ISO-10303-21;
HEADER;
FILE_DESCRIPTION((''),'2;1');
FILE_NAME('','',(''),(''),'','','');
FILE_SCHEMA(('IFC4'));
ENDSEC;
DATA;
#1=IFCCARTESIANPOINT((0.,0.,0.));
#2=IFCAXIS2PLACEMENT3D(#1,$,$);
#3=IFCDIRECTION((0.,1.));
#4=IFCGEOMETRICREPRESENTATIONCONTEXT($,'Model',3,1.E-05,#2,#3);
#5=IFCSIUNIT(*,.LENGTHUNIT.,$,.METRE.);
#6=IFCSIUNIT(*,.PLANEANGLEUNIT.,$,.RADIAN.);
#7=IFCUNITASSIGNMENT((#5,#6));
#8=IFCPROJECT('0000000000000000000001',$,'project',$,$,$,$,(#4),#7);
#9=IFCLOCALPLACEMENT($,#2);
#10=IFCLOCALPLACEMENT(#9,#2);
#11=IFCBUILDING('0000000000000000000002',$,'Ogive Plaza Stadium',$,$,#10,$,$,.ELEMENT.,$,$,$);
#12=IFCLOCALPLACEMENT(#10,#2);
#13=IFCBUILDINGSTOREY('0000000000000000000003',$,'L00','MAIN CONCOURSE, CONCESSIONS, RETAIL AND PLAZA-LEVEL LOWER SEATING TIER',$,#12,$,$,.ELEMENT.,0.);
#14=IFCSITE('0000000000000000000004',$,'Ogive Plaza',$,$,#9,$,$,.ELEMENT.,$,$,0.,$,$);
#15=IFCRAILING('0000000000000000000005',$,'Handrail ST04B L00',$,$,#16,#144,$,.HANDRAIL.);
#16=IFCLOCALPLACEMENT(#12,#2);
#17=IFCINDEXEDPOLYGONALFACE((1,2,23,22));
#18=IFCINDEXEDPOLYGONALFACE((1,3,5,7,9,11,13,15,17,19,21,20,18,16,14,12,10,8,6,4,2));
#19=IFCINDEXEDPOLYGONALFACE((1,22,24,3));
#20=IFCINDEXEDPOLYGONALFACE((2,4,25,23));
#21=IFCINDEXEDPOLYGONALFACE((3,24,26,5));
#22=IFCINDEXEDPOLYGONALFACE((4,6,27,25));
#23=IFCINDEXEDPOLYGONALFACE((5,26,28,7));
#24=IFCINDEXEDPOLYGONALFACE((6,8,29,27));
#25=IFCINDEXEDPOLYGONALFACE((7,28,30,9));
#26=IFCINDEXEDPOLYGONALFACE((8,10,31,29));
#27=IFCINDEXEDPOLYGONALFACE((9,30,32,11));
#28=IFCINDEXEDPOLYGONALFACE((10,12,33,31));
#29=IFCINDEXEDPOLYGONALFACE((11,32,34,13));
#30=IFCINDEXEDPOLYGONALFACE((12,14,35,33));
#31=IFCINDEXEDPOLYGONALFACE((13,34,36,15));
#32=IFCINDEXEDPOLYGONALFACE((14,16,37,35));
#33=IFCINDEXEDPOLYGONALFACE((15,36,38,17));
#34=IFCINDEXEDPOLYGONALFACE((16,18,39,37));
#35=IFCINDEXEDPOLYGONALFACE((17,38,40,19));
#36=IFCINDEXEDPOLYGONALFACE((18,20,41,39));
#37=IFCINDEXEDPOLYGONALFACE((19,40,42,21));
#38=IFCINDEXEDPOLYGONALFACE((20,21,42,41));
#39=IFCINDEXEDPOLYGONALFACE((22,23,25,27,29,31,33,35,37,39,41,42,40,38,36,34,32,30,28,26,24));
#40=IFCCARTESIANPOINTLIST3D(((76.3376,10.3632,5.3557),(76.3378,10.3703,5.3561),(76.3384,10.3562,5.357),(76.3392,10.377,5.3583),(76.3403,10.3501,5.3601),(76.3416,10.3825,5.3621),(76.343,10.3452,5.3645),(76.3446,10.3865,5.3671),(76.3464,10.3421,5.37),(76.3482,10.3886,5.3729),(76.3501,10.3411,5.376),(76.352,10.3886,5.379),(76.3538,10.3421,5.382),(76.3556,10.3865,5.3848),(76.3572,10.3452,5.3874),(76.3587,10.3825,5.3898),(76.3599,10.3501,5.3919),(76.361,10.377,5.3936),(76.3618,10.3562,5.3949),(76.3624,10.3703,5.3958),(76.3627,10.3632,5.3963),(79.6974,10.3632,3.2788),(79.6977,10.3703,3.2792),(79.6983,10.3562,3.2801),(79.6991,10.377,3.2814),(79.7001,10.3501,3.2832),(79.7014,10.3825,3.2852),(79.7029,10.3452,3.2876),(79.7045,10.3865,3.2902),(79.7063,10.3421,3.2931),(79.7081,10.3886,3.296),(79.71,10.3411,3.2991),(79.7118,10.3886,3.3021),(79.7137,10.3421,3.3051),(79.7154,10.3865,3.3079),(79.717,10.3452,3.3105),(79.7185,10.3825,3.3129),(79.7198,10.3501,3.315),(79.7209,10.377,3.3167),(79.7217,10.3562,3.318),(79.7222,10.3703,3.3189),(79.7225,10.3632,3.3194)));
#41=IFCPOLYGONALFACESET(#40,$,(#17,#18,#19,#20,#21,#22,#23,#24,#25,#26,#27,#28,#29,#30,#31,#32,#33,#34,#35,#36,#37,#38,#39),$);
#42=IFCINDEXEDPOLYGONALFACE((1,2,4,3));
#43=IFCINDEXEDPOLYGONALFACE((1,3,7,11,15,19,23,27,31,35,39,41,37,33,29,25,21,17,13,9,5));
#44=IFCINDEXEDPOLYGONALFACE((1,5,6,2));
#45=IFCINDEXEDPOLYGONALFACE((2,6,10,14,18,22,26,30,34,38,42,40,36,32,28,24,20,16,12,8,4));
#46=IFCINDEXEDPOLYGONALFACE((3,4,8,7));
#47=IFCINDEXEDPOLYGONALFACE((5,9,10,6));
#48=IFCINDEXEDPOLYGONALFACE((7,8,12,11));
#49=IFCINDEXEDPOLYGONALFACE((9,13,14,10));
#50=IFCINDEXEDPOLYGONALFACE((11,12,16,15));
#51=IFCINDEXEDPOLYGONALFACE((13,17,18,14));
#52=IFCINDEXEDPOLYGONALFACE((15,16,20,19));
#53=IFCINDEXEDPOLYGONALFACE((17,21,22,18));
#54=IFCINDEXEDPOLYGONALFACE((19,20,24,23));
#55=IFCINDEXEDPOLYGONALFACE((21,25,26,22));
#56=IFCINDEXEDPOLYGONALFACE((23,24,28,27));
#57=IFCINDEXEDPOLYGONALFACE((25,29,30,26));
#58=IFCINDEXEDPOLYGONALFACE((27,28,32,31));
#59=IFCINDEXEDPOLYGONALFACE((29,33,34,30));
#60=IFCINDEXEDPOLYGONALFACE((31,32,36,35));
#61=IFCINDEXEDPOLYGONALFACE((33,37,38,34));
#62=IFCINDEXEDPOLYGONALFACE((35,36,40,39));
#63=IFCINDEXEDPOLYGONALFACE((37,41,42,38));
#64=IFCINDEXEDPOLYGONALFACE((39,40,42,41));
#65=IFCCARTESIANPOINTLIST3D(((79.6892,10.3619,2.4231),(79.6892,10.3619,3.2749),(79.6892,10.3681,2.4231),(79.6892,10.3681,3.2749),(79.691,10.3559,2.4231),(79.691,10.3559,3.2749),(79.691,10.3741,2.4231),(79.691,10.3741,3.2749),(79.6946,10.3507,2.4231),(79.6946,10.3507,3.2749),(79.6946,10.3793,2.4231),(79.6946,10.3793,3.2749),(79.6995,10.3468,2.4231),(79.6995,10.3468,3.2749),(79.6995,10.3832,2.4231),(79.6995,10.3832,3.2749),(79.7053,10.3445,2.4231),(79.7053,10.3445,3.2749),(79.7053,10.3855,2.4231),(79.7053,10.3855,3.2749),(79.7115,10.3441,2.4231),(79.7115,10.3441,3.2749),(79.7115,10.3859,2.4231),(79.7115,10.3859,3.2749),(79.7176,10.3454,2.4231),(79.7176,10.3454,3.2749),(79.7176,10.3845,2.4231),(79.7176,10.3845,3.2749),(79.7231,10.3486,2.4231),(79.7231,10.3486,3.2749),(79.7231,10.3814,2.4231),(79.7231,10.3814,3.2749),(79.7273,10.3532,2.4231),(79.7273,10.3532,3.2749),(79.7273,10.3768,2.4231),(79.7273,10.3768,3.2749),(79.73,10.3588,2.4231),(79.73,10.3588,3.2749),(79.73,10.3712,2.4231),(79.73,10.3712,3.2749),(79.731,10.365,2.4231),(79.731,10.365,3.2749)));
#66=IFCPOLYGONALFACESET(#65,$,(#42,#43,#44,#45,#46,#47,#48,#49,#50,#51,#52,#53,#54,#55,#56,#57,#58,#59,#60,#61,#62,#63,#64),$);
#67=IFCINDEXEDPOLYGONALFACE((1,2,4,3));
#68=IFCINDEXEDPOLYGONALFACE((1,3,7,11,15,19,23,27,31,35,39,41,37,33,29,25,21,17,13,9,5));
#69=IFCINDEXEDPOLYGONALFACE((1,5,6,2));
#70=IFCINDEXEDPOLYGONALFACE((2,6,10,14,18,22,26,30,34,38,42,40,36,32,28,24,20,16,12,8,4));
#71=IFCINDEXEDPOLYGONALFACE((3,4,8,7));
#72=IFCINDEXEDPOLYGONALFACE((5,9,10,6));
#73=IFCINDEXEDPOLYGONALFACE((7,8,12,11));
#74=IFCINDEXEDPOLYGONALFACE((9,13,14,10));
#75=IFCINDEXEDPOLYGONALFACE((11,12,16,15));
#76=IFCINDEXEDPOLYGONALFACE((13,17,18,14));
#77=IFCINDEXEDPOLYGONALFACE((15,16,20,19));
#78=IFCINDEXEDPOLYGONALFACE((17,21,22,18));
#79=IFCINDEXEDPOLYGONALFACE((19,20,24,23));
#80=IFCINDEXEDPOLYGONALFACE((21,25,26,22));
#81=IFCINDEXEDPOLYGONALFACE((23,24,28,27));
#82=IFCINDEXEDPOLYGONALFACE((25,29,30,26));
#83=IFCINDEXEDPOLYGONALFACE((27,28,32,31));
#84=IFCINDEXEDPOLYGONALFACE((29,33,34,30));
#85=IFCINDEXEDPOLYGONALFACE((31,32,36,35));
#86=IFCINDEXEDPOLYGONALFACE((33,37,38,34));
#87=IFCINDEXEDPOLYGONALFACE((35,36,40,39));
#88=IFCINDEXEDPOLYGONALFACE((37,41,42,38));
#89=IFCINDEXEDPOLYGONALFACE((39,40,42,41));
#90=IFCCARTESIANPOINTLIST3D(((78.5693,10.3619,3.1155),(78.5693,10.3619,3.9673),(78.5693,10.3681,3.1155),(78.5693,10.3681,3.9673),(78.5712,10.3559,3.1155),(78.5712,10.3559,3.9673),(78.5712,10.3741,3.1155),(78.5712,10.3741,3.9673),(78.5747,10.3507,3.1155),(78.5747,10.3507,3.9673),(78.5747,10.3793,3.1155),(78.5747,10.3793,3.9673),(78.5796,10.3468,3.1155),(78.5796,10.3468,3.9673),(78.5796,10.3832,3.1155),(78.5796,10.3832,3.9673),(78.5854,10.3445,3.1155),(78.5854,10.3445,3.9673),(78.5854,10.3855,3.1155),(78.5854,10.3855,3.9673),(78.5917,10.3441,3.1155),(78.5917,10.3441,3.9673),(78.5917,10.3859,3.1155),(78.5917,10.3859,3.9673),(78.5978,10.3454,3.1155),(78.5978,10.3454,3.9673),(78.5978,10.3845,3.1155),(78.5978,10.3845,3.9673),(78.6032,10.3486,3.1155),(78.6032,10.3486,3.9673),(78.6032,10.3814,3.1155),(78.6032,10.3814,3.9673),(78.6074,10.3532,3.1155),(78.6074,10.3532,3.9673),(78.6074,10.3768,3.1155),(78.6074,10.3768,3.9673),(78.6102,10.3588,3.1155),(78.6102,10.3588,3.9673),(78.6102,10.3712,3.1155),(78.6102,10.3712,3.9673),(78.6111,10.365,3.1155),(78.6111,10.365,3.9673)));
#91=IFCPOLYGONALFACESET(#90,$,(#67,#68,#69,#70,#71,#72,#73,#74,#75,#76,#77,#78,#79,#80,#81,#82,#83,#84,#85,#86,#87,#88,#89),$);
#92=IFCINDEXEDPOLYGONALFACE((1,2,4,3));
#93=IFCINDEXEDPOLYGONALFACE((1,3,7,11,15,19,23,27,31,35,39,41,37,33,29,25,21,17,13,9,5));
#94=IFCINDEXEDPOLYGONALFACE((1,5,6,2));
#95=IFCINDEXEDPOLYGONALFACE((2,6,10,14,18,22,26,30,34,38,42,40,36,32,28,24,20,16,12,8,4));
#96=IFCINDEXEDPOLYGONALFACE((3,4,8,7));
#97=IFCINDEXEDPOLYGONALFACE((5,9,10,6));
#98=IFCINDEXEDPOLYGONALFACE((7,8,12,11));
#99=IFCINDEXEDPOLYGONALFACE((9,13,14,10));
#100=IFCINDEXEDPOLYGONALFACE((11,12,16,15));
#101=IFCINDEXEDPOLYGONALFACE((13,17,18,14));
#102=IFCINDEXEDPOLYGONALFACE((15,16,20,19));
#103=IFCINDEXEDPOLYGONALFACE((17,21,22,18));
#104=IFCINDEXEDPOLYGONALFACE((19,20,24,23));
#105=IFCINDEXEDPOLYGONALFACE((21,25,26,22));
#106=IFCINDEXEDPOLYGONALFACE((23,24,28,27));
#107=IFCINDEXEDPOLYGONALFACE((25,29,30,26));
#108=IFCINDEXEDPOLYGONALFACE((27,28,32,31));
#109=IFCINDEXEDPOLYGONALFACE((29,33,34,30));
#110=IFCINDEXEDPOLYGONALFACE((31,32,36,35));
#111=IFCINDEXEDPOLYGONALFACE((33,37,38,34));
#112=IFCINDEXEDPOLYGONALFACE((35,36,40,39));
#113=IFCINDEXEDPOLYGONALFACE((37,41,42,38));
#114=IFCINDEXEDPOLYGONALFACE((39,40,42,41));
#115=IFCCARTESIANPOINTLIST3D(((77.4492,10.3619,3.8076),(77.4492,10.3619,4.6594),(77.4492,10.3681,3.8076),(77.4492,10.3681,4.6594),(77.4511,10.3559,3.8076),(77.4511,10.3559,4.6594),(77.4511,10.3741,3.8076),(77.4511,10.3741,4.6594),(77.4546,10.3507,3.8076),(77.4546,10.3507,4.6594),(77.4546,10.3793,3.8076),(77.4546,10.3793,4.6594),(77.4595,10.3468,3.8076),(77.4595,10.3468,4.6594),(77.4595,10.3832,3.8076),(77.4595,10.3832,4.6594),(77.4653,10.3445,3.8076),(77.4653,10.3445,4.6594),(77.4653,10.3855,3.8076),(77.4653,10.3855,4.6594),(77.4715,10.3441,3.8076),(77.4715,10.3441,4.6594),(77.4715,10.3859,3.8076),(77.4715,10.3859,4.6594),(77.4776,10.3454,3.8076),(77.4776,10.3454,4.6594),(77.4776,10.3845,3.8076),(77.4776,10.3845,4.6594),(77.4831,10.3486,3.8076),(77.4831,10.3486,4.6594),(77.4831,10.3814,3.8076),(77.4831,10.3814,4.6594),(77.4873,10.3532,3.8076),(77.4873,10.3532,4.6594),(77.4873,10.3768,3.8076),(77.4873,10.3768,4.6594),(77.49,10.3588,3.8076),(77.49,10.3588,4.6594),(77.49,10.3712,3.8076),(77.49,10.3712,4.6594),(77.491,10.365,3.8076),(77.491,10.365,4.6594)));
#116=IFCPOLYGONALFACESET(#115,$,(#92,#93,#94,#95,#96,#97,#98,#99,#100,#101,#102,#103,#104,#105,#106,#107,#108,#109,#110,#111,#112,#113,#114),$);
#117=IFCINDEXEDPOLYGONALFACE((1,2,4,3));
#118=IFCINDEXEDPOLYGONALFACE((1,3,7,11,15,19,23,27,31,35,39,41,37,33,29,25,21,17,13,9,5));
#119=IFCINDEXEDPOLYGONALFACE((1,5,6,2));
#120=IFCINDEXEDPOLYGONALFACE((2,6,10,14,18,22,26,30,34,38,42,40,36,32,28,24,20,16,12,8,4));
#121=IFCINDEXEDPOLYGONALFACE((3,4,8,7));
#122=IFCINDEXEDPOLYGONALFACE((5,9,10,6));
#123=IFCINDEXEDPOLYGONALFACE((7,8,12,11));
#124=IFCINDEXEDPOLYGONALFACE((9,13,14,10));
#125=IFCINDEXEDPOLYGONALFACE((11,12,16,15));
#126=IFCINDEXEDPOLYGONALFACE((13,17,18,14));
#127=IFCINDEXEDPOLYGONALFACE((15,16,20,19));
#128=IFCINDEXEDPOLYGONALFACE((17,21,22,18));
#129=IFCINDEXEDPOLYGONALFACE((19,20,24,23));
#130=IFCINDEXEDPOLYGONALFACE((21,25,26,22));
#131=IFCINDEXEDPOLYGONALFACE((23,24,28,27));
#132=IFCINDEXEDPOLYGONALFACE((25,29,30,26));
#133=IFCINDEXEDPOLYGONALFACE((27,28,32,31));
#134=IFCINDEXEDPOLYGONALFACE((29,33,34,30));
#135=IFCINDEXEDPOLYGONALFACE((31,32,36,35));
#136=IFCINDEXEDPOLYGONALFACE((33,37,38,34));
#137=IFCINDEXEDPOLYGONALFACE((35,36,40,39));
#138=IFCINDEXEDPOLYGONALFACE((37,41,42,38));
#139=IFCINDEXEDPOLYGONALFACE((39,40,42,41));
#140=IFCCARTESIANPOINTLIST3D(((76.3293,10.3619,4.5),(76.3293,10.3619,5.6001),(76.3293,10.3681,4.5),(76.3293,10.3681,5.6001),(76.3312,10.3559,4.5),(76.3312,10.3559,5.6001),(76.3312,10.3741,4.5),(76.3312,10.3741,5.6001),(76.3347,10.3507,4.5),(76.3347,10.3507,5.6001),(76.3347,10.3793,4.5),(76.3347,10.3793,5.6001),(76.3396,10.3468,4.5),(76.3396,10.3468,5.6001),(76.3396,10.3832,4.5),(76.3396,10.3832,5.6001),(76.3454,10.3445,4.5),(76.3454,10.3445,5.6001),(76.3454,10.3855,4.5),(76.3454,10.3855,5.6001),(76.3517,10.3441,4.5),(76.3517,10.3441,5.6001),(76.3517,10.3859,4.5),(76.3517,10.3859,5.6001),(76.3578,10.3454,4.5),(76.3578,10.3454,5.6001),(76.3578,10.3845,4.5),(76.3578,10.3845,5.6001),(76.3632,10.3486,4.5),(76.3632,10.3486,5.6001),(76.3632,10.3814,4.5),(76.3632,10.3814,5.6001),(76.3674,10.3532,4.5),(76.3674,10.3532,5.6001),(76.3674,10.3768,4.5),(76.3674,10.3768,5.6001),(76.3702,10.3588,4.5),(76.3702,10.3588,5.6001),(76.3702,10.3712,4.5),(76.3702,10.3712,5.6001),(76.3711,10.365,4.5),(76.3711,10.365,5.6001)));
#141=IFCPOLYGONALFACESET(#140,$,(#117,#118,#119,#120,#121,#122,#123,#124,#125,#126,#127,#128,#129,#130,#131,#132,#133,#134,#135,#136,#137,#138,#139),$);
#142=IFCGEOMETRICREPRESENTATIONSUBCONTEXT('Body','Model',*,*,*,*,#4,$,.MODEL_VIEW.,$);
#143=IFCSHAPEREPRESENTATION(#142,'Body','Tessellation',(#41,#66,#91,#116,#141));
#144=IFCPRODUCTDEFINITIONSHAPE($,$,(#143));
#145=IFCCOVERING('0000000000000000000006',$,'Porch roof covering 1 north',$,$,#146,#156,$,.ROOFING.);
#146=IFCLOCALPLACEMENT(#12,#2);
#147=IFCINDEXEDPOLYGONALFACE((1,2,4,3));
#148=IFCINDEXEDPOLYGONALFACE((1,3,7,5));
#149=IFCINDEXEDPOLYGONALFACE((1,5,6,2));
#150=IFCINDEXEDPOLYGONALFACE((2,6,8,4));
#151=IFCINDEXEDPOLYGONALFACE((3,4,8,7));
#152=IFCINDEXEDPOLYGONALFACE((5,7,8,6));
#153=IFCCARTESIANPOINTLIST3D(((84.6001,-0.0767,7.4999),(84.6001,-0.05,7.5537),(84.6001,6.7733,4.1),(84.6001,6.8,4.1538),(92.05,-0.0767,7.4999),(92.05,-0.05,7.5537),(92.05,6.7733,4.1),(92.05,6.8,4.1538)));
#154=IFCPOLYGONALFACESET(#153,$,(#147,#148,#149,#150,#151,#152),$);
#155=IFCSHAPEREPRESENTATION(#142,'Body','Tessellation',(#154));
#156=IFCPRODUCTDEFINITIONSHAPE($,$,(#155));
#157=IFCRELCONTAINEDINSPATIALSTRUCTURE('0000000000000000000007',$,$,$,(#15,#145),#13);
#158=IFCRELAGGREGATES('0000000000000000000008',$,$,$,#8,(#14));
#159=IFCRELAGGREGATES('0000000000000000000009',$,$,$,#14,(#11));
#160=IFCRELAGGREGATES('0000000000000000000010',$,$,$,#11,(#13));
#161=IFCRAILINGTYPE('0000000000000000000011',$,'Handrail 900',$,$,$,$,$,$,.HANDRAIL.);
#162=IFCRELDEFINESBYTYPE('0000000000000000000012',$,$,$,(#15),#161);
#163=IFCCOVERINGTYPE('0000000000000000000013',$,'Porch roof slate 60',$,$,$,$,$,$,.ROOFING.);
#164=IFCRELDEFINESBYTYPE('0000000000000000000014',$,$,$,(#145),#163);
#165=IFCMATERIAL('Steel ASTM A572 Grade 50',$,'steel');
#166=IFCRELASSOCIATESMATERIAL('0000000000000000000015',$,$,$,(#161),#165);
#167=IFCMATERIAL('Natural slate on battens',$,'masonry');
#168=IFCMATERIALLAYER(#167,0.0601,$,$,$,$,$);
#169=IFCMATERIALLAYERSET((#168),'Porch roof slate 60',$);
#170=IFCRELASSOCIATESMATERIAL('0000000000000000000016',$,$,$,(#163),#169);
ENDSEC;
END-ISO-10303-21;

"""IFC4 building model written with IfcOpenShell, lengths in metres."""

from ifc_helpers import new_model, si_unit, direction, frame, origin, origin_2d, place, context, subcontext, project, spatial, polyline, circle, outline, extrude, material, layer, layer_set, type_object, element, save


model = new_model("IFC4")

# Units and contexts
model_context = context("Model", 3, precision=1e-05, world=origin(), true_north=direction((0.0, 1.0)))
body_context = subcontext(model_context, "Body", "Model", "MODEL_VIEW")
ifc_project = project(units=[si_unit("LENGTHUNIT", "METRE"), si_unit("PLANEANGLEUNIT", "RADIAN")], contexts=[model_context])

# Site, building, storey
site_placement = place(None, origin())
site = spatial("IfcSite", under=ifc_project, at=site_placement, Name="Ogive Plaza", CompositionType="ELEMENT", RefElevation=0.0)
building_placement = place(site_placement, origin())
building = spatial("IfcBuilding", under=site, at=building_placement, Name="Ogive Plaza Stadium", CompositionType="ELEMENT")
storey_placement = place(building_placement, origin())
storey = spatial("IfcBuildingStorey", under=building, at=storey_placement, Name="L00", Description="MAIN CONCOURSE, CONCESSIONS, RETAIL AND PLAZA-LEVEL LOWER SEATING TIER", CompositionType="ELEMENT", Elevation=0.0)

# Railing
ifc_material_1 = material(Name="Steel ASTM A572 Grade 50", Category="steel")
railing_type_1 = type_object("IfcRailingType", Name="Handrail 900", PredefinedType="HANDRAIL", material=ifc_material_1)
for number, where, name in (
    (1, (79.71, 10.365, 2.4231), "Handrail ST04B L00"),
):
    element("IfcRailing", number, at=place(storey_placement, frame(where)), inside=storey, type_object=railing_type_1, Name=name, PredefinedType="HANDRAIL", context=body_context, shape_type="SweptSolid", body=[
        extrude(circle(Radius=0.0239, at=origin_2d()), frame((0.0, 0.0, 0.876), z_axis=(-0.850606, 0.0, 0.525803), x_axis=(0.0, -1.0, 0.0)), (0.0, 0.0, 1.0), 3.95),
        extrude(circle(Radius=0.021, at=origin_2d()), origin(), (0.0, 0.0, 1.0), 0.8518),
        extrude(circle(Radius=0.021, at=origin_2d()), frame((-1.1199, 0.0, 0.6924)), (0.0, 0.0, 1.0), 0.8518),
        extrude(circle(Radius=0.021, at=origin_2d()), frame((-2.24, 0.0, 1.3845)), (0.0, 0.0, 1.0), 0.8518),
        extrude(circle(Radius=0.021, at=origin_2d()), frame((-3.3599, 0.0, 2.0769)), (0.0, 0.0, 1.0), 1.1001),
    ])

# Covering
ifc_material_2 = material(Name="Natural slate on battens", Category="masonry")
ifc_layer_1 = layer(ifc_material_2, 0.0601)
ifc_layer_set_1 = layer_set([ifc_layer_1], Name="Porch roof slate 60")
covering_type_1 = type_object("IfcCoveringType", Name="Porch roof slate 60", PredefinedType="ROOFING", material=ifc_layer_set_1)
covering_1_placement = place(storey_placement, frame((84.6001, 6.8, 4.1538), z_axis=(0.0, 0.444581, 0.895739), x_axis=(1.0, 0.0, 0.0)))
element("IfcCovering", 2, at=covering_1_placement, inside=storey, type_object=covering_type_1, Name="Porch roof covering 1 north", PredefinedType="ROOFING", context=body_context, shape_type="SweptSolid", body=[
    extrude(outline(polyline([(0.0, 0.0), (7.45, 0.0), (7.45, -7.6474), (0.0, -7.6474), (0.0, 0.0)])), origin(), (0.0, 0.0, -1.0), 0.0601),
])

save(model, "model.ifc")
